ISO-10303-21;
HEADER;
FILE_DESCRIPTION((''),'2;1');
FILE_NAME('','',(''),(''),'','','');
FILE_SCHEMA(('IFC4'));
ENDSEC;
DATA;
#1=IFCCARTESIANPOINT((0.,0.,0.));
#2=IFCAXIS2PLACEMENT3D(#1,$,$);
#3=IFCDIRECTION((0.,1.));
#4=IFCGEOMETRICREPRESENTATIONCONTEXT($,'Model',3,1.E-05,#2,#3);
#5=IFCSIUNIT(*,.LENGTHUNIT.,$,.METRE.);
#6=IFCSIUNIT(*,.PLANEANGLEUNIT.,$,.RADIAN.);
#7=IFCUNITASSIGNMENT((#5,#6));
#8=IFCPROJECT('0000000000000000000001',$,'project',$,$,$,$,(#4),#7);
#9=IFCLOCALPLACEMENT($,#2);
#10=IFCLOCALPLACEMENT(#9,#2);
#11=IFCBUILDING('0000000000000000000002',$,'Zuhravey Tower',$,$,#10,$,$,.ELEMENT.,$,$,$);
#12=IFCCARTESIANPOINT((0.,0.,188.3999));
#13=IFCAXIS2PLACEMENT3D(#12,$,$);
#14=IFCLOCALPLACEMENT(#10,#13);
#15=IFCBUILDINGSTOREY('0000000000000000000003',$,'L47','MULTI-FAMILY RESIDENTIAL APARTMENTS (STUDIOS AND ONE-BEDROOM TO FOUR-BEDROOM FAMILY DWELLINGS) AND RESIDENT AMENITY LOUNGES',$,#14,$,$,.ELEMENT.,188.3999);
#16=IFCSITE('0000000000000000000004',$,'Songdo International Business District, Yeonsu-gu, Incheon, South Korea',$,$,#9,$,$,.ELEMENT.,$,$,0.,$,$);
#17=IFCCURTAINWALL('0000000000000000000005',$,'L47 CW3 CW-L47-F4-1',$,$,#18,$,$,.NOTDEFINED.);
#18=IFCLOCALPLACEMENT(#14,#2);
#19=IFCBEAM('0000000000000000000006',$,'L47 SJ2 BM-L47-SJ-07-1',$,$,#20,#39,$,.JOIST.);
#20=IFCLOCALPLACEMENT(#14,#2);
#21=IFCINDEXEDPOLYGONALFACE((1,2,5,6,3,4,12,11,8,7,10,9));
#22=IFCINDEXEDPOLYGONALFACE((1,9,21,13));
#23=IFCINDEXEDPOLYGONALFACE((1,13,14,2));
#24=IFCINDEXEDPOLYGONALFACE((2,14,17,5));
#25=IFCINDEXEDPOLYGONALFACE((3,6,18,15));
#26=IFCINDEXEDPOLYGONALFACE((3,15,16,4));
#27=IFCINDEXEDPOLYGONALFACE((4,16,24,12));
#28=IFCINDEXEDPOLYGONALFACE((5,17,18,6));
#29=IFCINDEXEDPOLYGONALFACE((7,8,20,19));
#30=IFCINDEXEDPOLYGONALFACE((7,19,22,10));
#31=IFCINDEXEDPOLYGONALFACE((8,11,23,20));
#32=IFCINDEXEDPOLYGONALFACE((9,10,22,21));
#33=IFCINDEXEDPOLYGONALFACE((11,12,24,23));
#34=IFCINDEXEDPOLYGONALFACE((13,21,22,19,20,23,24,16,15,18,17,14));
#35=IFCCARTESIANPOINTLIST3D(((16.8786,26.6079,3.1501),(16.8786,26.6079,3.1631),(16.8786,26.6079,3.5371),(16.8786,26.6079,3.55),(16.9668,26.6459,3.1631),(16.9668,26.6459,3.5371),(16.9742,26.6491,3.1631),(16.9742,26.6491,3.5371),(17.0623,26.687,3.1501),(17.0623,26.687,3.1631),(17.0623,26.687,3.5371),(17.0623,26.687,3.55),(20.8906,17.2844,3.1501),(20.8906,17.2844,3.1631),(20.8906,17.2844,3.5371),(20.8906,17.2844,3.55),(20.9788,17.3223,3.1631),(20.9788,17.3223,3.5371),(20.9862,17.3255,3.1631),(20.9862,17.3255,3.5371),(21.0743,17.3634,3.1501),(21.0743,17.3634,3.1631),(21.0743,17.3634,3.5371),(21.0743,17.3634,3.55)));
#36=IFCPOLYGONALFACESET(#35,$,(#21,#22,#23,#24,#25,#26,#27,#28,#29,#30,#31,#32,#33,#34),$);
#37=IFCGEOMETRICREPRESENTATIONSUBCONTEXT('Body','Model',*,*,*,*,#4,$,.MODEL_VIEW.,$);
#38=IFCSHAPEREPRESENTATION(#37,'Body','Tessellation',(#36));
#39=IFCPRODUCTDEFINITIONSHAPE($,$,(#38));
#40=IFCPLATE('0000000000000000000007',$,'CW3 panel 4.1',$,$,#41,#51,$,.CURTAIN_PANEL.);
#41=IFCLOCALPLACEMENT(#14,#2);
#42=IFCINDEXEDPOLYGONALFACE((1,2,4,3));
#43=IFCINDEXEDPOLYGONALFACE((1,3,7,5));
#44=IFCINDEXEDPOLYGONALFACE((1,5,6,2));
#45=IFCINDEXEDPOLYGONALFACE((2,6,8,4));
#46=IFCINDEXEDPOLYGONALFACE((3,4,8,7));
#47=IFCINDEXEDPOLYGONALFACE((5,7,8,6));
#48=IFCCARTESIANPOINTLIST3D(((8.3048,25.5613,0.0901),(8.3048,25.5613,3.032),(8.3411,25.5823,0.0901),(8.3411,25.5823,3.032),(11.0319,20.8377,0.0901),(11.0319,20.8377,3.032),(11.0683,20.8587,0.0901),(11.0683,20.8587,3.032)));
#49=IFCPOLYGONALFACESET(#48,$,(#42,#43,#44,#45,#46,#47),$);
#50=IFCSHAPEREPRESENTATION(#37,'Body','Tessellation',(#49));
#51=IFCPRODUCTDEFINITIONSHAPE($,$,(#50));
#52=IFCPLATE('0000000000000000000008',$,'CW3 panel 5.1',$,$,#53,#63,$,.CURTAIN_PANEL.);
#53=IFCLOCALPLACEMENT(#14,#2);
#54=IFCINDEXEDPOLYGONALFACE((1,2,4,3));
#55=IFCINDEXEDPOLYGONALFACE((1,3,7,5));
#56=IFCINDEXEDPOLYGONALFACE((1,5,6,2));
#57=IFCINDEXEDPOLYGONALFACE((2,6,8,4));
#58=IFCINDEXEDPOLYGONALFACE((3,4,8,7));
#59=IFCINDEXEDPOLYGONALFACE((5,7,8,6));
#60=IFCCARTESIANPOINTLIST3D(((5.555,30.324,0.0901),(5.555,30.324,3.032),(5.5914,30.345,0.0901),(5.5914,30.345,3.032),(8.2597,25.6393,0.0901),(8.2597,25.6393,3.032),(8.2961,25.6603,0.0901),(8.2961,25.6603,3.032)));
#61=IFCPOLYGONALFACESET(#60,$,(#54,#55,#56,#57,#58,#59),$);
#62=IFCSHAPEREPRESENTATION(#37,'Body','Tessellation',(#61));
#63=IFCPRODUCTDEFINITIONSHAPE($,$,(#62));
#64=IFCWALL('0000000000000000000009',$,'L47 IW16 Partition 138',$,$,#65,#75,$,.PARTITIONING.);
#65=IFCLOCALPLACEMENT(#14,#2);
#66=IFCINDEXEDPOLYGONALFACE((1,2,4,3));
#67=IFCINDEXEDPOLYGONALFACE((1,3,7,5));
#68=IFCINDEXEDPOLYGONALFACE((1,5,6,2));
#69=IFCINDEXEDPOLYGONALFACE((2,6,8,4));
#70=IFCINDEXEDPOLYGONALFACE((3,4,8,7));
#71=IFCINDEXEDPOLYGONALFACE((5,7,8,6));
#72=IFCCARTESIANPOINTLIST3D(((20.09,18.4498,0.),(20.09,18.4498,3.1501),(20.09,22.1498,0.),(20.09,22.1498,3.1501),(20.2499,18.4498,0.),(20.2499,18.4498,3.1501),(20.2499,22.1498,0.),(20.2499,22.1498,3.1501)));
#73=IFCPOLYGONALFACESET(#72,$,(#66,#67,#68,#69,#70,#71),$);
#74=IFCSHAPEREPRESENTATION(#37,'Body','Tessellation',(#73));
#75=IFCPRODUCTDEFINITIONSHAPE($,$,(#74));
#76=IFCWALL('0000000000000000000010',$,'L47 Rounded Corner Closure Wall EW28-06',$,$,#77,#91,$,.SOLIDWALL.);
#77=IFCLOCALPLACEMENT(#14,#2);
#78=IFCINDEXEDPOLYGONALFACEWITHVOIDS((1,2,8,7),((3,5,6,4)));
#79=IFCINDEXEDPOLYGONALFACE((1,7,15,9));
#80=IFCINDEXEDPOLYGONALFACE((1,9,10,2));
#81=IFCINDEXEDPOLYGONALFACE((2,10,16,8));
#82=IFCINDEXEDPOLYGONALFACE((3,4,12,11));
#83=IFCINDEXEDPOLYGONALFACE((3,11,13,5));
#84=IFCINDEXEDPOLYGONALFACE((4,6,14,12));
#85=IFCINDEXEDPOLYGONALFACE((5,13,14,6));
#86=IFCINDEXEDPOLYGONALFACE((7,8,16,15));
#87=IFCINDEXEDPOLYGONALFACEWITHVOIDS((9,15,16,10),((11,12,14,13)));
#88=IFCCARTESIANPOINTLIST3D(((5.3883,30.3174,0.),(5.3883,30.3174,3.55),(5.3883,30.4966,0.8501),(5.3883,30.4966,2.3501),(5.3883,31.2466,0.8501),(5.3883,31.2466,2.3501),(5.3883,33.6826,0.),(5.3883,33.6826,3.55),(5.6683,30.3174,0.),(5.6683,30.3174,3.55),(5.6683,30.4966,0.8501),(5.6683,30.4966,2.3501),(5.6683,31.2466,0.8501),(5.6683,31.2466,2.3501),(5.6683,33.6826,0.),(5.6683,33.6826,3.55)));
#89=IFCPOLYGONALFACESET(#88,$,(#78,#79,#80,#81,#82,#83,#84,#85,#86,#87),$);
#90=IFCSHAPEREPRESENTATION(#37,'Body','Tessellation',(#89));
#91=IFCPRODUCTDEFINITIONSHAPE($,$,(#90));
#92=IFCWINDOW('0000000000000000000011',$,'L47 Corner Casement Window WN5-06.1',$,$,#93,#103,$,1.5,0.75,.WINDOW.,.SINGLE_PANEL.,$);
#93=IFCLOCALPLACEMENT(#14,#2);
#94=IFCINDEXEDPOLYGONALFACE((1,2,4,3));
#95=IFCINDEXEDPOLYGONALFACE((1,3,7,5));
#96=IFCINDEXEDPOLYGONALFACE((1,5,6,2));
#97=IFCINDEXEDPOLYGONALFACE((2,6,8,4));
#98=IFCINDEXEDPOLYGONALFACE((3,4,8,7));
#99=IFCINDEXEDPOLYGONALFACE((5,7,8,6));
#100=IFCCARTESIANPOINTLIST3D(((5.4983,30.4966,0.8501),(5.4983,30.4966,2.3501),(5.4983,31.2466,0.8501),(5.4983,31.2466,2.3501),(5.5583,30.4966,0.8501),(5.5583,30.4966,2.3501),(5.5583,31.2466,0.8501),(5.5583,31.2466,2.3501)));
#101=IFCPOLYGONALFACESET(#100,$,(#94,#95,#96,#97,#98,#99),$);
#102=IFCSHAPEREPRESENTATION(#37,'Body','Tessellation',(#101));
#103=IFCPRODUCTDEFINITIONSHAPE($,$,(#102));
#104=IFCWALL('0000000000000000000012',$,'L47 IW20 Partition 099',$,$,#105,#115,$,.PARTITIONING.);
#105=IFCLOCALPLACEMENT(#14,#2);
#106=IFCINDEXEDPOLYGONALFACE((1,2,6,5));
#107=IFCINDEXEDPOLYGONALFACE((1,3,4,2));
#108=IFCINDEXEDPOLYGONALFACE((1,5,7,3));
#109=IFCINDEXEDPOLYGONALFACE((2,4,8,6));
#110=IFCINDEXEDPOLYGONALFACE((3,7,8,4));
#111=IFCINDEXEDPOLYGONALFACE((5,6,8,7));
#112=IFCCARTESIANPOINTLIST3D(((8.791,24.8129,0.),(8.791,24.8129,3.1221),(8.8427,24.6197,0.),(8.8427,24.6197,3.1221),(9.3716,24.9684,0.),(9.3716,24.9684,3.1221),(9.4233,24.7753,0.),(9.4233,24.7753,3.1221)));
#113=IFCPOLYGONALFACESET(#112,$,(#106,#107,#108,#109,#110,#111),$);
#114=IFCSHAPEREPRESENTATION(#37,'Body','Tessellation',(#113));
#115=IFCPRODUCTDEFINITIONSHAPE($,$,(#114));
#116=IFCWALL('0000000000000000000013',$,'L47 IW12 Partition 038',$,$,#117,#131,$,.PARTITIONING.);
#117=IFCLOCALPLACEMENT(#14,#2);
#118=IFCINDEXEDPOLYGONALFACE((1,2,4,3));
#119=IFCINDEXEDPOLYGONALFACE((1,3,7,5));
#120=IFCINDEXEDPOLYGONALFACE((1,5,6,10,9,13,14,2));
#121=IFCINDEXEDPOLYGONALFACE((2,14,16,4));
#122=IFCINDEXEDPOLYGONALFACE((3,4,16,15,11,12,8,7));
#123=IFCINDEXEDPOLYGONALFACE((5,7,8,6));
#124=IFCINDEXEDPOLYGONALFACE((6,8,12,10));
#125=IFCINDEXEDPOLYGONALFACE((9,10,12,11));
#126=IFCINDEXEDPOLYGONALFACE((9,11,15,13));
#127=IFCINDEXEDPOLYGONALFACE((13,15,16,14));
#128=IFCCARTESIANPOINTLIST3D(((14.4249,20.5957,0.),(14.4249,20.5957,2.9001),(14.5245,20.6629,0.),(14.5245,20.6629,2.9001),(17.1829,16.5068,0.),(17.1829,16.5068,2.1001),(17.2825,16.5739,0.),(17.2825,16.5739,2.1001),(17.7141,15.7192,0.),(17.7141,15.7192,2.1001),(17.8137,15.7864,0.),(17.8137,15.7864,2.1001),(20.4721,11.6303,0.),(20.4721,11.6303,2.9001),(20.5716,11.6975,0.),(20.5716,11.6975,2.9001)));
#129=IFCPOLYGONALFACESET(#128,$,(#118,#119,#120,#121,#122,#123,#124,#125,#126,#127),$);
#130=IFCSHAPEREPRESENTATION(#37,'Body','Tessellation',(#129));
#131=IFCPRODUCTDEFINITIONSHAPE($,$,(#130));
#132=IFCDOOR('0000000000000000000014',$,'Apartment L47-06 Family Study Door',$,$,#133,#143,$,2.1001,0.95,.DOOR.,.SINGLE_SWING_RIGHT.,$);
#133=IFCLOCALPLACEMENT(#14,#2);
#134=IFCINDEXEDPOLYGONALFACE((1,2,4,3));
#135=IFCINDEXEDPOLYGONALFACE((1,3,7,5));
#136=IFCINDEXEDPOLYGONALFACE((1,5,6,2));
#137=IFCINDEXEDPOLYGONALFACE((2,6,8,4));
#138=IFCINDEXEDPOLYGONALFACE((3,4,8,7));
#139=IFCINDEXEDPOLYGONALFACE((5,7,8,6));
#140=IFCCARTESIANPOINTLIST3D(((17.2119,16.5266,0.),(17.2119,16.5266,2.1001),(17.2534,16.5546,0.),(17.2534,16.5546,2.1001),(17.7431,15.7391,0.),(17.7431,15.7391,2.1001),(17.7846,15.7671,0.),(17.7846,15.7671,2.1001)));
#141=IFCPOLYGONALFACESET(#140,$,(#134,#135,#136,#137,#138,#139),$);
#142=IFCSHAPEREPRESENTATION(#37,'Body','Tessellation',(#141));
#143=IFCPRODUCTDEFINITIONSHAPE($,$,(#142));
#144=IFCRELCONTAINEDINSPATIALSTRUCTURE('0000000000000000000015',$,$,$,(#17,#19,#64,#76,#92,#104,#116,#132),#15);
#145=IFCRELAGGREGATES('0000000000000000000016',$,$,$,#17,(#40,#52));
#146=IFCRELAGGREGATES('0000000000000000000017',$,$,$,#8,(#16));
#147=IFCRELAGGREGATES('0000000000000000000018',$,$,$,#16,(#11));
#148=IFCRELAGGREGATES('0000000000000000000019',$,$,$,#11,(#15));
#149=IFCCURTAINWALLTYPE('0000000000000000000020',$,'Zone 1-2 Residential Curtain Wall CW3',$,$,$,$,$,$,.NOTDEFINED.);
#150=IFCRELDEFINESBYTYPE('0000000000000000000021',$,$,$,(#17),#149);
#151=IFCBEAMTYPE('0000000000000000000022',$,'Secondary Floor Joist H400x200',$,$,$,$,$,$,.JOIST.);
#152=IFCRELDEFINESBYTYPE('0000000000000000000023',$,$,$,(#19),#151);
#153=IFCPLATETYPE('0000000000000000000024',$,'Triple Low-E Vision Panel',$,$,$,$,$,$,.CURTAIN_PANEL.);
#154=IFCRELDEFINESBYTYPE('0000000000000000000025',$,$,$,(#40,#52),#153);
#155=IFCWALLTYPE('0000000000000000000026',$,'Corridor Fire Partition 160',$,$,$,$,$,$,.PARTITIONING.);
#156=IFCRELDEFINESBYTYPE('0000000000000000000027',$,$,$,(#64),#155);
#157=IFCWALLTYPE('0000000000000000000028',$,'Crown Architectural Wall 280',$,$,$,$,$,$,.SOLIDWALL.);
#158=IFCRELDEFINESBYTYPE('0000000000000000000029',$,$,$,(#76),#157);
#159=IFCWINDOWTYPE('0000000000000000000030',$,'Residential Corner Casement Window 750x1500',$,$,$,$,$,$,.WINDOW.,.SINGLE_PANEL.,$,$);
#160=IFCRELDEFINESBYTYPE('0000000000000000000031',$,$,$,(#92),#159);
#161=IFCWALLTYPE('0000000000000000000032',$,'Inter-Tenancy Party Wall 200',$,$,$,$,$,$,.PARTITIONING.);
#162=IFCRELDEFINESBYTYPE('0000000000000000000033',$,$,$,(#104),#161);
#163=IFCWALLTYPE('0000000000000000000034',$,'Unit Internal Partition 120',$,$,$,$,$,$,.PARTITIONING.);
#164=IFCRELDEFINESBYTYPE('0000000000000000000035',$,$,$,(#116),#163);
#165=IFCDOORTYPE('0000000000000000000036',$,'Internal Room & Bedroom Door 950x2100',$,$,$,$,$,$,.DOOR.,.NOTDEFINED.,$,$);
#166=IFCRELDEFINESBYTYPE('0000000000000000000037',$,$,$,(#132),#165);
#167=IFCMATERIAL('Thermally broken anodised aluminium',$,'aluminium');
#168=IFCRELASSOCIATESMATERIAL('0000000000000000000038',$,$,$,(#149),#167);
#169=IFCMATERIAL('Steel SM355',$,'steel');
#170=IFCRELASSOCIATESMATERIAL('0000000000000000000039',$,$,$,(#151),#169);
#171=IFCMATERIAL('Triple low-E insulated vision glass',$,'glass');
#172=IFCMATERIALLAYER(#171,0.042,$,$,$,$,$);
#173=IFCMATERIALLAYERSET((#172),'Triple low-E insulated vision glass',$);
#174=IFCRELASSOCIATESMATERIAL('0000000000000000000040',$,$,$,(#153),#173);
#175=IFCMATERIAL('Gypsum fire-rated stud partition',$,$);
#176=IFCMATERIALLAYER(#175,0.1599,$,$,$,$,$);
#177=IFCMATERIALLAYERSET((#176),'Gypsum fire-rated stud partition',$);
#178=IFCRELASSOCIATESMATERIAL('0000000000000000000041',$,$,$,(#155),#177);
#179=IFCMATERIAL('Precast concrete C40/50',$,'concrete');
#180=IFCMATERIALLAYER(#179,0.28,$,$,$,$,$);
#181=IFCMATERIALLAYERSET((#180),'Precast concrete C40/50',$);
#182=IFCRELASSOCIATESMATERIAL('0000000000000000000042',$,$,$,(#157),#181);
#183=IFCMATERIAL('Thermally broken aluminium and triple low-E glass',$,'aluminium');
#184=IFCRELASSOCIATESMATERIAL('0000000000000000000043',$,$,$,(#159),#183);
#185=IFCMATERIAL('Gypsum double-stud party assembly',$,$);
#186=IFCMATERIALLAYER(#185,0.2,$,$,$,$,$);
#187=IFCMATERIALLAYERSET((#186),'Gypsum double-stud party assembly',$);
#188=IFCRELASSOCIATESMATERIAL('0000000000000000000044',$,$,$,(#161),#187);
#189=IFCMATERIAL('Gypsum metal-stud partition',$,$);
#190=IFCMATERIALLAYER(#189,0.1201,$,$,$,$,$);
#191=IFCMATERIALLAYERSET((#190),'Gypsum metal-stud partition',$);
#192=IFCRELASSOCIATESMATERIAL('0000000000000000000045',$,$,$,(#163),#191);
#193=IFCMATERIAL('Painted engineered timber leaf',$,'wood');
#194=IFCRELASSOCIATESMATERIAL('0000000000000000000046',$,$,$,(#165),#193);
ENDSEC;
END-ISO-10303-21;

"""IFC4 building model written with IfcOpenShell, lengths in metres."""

from ifc_helpers import new_model, si_unit, direction, frame, frame_2d, origin, origin_2d, place, context, subcontext, project, spatial, rectangle, i_section, extrude, material, layer, layer_set, material_profile, profile_set, type_object, element, fill, aggregate, save


model = new_model("IFC4")

# Units and contexts
model_context = context("Model", 3, precision=1e-05, world=origin(), true_north=direction((0.0, 1.0)))
body_context = subcontext(model_context, "Body", "Model", "MODEL_VIEW")
ifc_project = project(units=[si_unit("LENGTHUNIT", "METRE"), si_unit("PLANEANGLEUNIT", "RADIAN")], contexts=[model_context])

# Site, building, storey
site_placement = place(None, origin())
site = spatial("IfcSite", under=ifc_project, at=site_placement, Name="Songdo International Business District, Yeonsu-gu, Incheon, South Korea", CompositionType="ELEMENT", RefElevation=0.0)
building_placement = place(site_placement, origin())
building = spatial("IfcBuilding", under=site, at=building_placement, Name="Zuhravey Tower", CompositionType="ELEMENT")
storey_placement = place(building_placement, frame((0.0, 0.0, 188.3999)))
storey = spatial("IfcBuildingStorey", under=building, at=storey_placement, Name="L47", Description="MULTI-FAMILY RESIDENTIAL APARTMENTS (STUDIOS AND ONE-BEDROOM TO FOUR-BEDROOM FAMILY DWELLINGS) AND RESIDENT AMENITY LOUNGES", CompositionType="ELEMENT", Elevation=188.3999)

# Curtain wall
ifc_material_1 = material(Name="Thermally broken anodised aluminium", Category="aluminium")
curtain_wall_type = type_object("IfcCurtainWallType", Name="Zone 1-2 Residential Curtain Wall CW3", PredefinedType="NOTDEFINED", material=ifc_material_1)
curtain_wall_placement = place(storey_placement, origin())
curtain_wall = element("IfcCurtainWall", 1, at=curtain_wall_placement, inside=storey, type_object=curtain_wall_type, Name="L47 CW3 CW-L47-F4-1", PredefinedType="NOTDEFINED")

# Beam
ifc_material_2 = material(Name="Steel SM355", Category="steel")
ifc_material_profile_1 = material_profile(ifc_material_2, i_section(OverallWidth=0.2, OverallDepth=0.3999, WebThickness=0.0081, FlangeThickness=0.0129, at=origin_2d()), Name="H-400x200x8x13")
ifc_profile_set_1 = profile_set([ifc_material_profile_1], Name="Steel SM355")
beam_type_1 = type_object("IfcBeamType", Name="Secondary Floor Joist H400x200", PredefinedType="JOIST", material=ifc_profile_set_1)
beam_1_placement = place(storey_placement, frame((16.9705, 26.6475, 3.3501), z_axis=(0.395266, -0.918567, 0.0), x_axis=(0.918567, 0.395266, 0.0)))
element("IfcBeam", 2, at=beam_1_placement, inside=storey, type_object=beam_type_1, Name="L47 SJ2 BM-L47-SJ-07-1", PredefinedType="JOIST", context=body_context, shape_type="SweptSolid", body=[
    extrude(i_section(OverallWidth=0.2, OverallDepth=0.3999, WebThickness=0.0081, FlangeThickness=0.0129, at=origin_2d()), origin(), (0.0, 0.0, 1.0), 10.1501),
])

# Plates
ifc_material_3 = material(Name="Triple low-E insulated vision glass", Category="glass")
ifc_layer_1 = layer(ifc_material_3, 0.042)
ifc_layer_set_1 = layer_set([ifc_layer_1], Name="Triple low-E insulated vision glass")
plate_type = type_object("IfcPlateType", Name="Triple Low-E Vision Panel", PredefinedType="CURTAIN_PANEL", material=ifc_layer_set_1)
plate_1_placement = place(storey_placement, frame((9.6865, 23.21, 0.0901), z_axis=(0.0, 0.0, 1.0), x_axis=(-0.5, 0.866025, 0.0)))
plate_1 = element("IfcPlate", 3, at=plate_1_placement, type_object=plate_type, Name="CW3 panel 4.1", PredefinedType="CURTAIN_PANEL", context=body_context, shape_type="SweptSolid", body=[
    extrude(rectangle(XDim=5.4543, YDim=0.042, at=origin_2d()), origin(), (0.0, 0.0, 1.0), 2.9419),
])
plate_2_placement = place(storey_placement, frame((6.9255, 27.9922, 0.0901), z_axis=(0.0, 0.0, 1.0), x_axis=(-0.5, 0.866025, 0.0)))
plate_2 = element("IfcPlate", 4, at=plate_2_placement, type_object=plate_type, Name="CW3 panel 5.1", PredefinedType="CURTAIN_PANEL", context=body_context, shape_type="SweptSolid", body=[
    extrude(rectangle(XDim=5.4094, YDim=0.042, at=origin_2d()), origin(), (0.0, 0.0, 1.0), 2.9419),
])
aggregate(curtain_wall, [plate_1, plate_2])

# Wall
ifc_material_4 = material(Name="Gypsum fire-rated stud partition")
ifc_layer_2 = layer(ifc_material_4, 0.1599)
ifc_layer_set_2 = layer_set([ifc_layer_2], Name="Gypsum fire-rated stud partition")
wall_type_1 = type_object("IfcWallType", Name="Corridor Fire Partition 160", PredefinedType="PARTITIONING", material=ifc_layer_set_2)
wall_1_placement = place(storey_placement, frame((20.1699, 22.1499, 0.0), z_axis=(0.0, 0.0, 1.0), x_axis=(0.0, -1.0, 0.0)))
element("IfcWall", 5, at=wall_1_placement, inside=storey, type_object=wall_type_1, Name="L47 IW16 Partition 138", PredefinedType="PARTITIONING", context=body_context, shape_type="SweptSolid", body=[
    extrude(rectangle(XDim=3.7, YDim=0.1599, at=frame_2d((1.8501, 0.0))), origin(), (0.0, 0.0, 1.0), 3.1501),
])

# Wall, opening, window
ifc_material_5 = material(Name="Precast concrete C40/50", Category="concrete")
ifc_layer_3 = layer(ifc_material_5, 0.28)
ifc_layer_set_3 = layer_set([ifc_layer_3], Name="Precast concrete C40/50")
wall_type_2 = type_object("IfcWallType", Name="Crown Architectural Wall 280", PredefinedType="SOLIDWALL", material=ifc_layer_set_3)
wall_2_placement = place(storey_placement, frame((5.5283, 30.3174, 0.0), z_axis=(0.0, 0.0, 1.0), x_axis=(0.0, 1.0, 0.0)))
wall_2 = element("IfcWall", 6, at=wall_2_placement, inside=storey, type_object=wall_type_2, Name="L47 Rounded Corner Closure Wall EW28-06", PredefinedType="SOLIDWALL", context=body_context, shape_type="SweptSolid", body=[
    extrude(rectangle(XDim=3.3652, YDim=0.28, at=frame_2d((1.6826, 0.0))), origin(), (0.0, 0.0, 1.0), 3.55),
])
opening_1_placement = place(wall_2_placement, frame((0.1792, 0.0, 0.8501)))
opening_1 = element("IfcOpeningElement", 7, at=opening_1_placement, cuts=wall_2, PredefinedType="OPENING", context=body_context, shape_type="SweptSolid", body=[
    extrude(rectangle(XDim=0.75, YDim=1.5, at=frame_2d((0.375, 0.75))), frame((0.0, 0.1521, 0.0), z_axis=(0.0, -1.0, 0.0), x_axis=(1.0, 0.0, 0.0)), (0.0, 0.0, 1.0), 0.304),
])
ifc_material_6 = material(Name="Thermally broken aluminium and triple low-E glass", Category="aluminium")
window_type = type_object("IfcWindowType", Name="Residential Corner Casement Window 750x1500", PartitioningType="SINGLE_PANEL", PredefinedType="WINDOW", material=ifc_material_6)
window_placement = place(opening_1_placement, origin())
window = element("IfcWindow", 8, at=window_placement, inside=storey, type_object=window_type, Name="L47 Corner Casement Window WN5-06.1", OverallHeight=1.5, OverallWidth=0.75, PartitioningType="SINGLE_PANEL", PredefinedType="WINDOW", context=body_context, shape_type="SweptSolid", body=[
    extrude(rectangle(XDim=0.75, YDim=1.5, at=frame_2d((0.375, 0.75))), frame((0.0, 0.03, 0.0), z_axis=(0.0, -1.0, 0.0), x_axis=(1.0, 0.0, 0.0)), (0.0, 0.0, 1.0), 0.0601),
])
fill(opening_1, window)

# Wall
ifc_material_7 = material(Name="Gypsum double-stud party assembly")
ifc_layer_4 = layer(ifc_material_7, 0.2)
ifc_layer_set_4 = layer_set([ifc_layer_4], Name="Gypsum double-stud party assembly")
wall_type_3 = type_object("IfcWallType", Name="Inter-Tenancy Party Wall 200", PredefinedType="PARTITIONING", material=ifc_layer_set_4)
wall_3_placement = place(storey_placement, frame((9.3975, 24.8718, 0.0), z_axis=(0.0, 0.0, 1.0), x_axis=(-0.965944, -0.25875, 0.0)))
element("IfcWall", 9, at=wall_3_placement, inside=storey, type_object=wall_type_3, Name="L47 IW20 Partition 099", PredefinedType="PARTITIONING", context=body_context, shape_type="SweptSolid", body=[
    extrude(rectangle(XDim=0.6011, YDim=0.2, at=frame_2d((0.3005, 0.0))), origin(), (0.0, 0.0, 1.0), 3.1221),
])

# Wall, opening, door
ifc_material_8 = material(Name="Gypsum metal-stud partition")
ifc_layer_5 = layer(ifc_material_8, 0.1201)
ifc_layer_set_5 = layer_set([ifc_layer_5], Name="Gypsum metal-stud partition")
wall_type_4 = type_object("IfcWallType", Name="Unit Internal Partition 120", PredefinedType="PARTITIONING", material=ifc_layer_set_5)
wall_4_placement = place(storey_placement, frame((14.4746, 20.6294, 0.0), z_axis=(0.0, 0.0, 1.0), x_axis=(0.559188, -0.829041, 0.0)))
wall_4 = element("IfcWall", 10, at=wall_4_placement, inside=storey, type_object=wall_type_4, Name="L47 IW12 Partition 038", PredefinedType="PARTITIONING", context=body_context, shape_type="SweptSolid", body=[
    extrude(rectangle(XDim=10.8142, YDim=0.1201, at=frame_2d((5.4072, 0.0))), origin(), (0.0, 0.0, 1.0), 2.9001),
])
opening_2_placement = place(wall_4_placement, frame((4.9321, 0.0, 0.0)))
opening_2 = element("IfcOpeningElement", 11, at=opening_2_placement, cuts=wall_4, PredefinedType="OPENING", context=body_context, shape_type="SweptSolid", body=[
    extrude(rectangle(XDim=0.95, YDim=2.1001, at=frame_2d((0.4751, 1.05))), frame((0.0, 0.072, 0.0), z_axis=(0.0, -1.0, 0.0), x_axis=(1.0, 0.0, 0.0)), (0.0, 0.0, 1.0), 0.144),
])
ifc_material_9 = material(Name="Painted engineered timber leaf", Category="wood")
door_type = type_object("IfcDoorType", Name="Internal Room & Bedroom Door 950x2100", OperationType="NOTDEFINED", PredefinedType="DOOR", material=ifc_material_9)
door_1_placement = place(opening_2_placement, frame((0.95, 0.0, 0.0), z_axis=(0.0, 0.0, 1.0), x_axis=(-1.0, 0.0, 0.0)))
door_1 = element("IfcDoor", 12, at=door_1_placement, inside=storey, type_object=door_type, Name="Apartment L47-06 Family Study Door", OperationType="SINGLE_SWING_RIGHT", OverallHeight=2.1001, OverallWidth=0.95, PredefinedType="DOOR", context=body_context, shape_type="SweptSolid", body=[
    extrude(rectangle(XDim=0.95, YDim=2.1001, at=frame_2d((0.4751, 1.05))), frame((0.0, 0.0249, 0.0), z_axis=(0.0, -1.0, 0.0), x_axis=(1.0, 0.0, 0.0)), (0.0, 0.0, 1.0), 0.05),
])
fill(opening_2, door_1)

save(model, "model.ifc")
